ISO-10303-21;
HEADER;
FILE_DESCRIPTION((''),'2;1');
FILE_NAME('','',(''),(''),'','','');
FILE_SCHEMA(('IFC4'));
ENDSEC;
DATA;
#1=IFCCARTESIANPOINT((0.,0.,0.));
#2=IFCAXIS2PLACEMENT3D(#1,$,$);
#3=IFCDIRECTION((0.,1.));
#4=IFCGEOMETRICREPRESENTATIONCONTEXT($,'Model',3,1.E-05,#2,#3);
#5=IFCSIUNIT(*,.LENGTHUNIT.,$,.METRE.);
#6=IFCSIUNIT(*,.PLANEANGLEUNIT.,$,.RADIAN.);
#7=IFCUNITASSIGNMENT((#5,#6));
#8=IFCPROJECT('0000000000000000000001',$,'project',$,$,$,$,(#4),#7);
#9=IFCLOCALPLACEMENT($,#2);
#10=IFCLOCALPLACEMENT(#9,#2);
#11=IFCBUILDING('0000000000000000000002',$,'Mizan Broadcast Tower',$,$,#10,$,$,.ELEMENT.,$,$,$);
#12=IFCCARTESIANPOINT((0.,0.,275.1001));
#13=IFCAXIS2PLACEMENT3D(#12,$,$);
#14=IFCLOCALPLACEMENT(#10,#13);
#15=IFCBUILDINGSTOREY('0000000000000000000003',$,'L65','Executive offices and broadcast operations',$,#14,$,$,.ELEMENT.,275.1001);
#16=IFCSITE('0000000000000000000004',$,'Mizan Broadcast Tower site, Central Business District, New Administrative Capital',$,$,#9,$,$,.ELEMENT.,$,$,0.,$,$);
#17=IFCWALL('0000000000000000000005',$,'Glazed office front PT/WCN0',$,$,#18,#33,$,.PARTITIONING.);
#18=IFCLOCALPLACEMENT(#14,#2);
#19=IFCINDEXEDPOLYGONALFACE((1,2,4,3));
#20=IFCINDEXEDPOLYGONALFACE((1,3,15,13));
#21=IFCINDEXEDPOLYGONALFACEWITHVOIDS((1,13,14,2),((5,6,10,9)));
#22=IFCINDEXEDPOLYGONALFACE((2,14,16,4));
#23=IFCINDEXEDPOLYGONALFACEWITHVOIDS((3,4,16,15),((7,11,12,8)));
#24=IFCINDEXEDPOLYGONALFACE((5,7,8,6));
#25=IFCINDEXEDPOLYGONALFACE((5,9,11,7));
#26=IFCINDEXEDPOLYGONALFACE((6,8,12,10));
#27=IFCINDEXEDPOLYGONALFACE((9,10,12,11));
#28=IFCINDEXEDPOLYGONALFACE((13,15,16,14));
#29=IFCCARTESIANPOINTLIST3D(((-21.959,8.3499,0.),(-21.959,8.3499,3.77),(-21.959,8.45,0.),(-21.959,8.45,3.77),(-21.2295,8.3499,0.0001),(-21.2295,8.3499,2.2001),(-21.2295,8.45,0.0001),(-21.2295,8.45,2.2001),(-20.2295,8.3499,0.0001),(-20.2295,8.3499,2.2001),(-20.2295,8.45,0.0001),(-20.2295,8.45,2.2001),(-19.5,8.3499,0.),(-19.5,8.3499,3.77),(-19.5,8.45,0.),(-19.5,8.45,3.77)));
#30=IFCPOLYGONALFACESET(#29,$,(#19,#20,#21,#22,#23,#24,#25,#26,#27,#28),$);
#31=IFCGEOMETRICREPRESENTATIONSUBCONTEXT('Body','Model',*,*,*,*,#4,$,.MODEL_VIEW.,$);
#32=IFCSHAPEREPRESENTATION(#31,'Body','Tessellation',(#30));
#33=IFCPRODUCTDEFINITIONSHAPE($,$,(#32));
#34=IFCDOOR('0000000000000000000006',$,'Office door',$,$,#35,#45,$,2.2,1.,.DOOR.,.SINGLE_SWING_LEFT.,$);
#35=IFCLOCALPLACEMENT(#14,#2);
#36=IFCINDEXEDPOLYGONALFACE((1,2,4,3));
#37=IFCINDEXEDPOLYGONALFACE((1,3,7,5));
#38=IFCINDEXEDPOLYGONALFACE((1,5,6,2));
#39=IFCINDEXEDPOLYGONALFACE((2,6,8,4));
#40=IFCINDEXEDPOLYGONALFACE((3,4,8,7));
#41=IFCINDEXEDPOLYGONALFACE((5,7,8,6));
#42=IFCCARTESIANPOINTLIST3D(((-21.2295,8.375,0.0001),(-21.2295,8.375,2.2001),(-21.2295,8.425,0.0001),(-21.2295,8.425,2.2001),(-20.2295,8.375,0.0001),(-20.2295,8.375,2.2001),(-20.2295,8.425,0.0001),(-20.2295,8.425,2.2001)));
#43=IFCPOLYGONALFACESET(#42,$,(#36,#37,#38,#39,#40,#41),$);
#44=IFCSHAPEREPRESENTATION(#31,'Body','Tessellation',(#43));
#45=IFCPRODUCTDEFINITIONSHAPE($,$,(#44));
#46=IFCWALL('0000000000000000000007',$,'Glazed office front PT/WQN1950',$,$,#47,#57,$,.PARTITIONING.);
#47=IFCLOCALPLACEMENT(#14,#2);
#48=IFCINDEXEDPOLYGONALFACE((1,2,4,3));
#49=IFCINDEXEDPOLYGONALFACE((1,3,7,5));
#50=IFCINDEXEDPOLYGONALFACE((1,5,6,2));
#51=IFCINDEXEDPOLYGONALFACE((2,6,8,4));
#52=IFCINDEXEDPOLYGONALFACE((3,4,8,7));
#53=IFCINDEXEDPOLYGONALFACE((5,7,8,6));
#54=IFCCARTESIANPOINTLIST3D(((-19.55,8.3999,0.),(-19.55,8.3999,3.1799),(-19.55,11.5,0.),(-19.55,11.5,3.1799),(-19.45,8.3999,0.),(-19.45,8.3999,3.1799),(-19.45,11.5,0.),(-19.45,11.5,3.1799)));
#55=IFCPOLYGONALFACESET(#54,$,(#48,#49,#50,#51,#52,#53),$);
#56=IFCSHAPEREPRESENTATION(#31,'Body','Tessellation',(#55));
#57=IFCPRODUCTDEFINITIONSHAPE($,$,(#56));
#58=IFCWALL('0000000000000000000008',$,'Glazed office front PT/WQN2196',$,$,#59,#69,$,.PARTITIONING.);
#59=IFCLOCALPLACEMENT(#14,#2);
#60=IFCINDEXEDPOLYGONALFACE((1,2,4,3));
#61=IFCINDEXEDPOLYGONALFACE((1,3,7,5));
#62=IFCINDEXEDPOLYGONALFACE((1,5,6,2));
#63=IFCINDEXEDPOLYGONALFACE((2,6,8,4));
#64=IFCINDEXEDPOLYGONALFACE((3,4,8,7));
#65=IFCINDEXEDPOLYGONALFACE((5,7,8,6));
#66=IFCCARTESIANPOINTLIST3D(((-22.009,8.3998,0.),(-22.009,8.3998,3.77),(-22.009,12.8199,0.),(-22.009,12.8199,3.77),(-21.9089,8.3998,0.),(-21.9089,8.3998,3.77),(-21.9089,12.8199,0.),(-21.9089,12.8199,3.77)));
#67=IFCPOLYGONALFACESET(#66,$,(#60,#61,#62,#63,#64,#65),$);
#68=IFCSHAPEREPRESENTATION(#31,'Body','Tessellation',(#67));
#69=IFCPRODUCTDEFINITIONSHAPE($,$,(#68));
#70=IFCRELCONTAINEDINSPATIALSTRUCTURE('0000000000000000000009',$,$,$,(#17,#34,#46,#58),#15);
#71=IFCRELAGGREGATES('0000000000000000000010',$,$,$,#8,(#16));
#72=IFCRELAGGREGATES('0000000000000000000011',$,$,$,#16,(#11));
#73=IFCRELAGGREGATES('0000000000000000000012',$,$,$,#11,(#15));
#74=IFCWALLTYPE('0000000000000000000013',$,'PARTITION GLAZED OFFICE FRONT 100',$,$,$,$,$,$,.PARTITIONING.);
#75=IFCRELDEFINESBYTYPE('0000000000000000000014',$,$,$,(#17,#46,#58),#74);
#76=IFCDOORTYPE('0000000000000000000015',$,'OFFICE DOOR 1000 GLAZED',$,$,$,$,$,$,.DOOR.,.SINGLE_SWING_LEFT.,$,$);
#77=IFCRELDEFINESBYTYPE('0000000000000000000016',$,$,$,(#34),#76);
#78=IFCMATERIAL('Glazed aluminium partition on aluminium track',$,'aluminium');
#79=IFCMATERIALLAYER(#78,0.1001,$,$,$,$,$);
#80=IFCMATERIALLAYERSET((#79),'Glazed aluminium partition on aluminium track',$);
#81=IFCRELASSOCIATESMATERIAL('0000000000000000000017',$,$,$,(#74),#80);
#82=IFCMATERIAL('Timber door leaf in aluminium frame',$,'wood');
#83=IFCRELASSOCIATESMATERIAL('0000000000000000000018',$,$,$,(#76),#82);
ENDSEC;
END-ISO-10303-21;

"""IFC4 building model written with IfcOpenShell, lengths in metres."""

from ifc_helpers import new_model, si_unit, direction, frame, frame_2d, origin, place, context, subcontext, project, spatial, rectangle, extrude, material, layer, layer_set, type_object, element, fill, save


model = new_model("IFC4")

# Units and contexts
model_context = context("Model", 3, precision=1e-05, world=origin(), true_north=direction((0.0, 1.0)))
body_context = subcontext(model_context, "Body", "Model", "MODEL_VIEW")
ifc_project = project(units=[si_unit("LENGTHUNIT", "METRE"), si_unit("PLANEANGLEUNIT", "RADIAN")], contexts=[model_context])

# Site, building, storey
site_placement = place(None, origin())
site = spatial("IfcSite", under=ifc_project, at=site_placement, Name="Mizan Broadcast Tower site, Central Business District, New Administrative Capital", CompositionType="ELEMENT", RefElevation=0.0)
building_placement = place(site_placement, origin())
building = spatial("IfcBuilding", under=site, at=building_placement, Name="Mizan Broadcast Tower", CompositionType="ELEMENT")
storey_placement = place(building_placement, frame((0.0, 0.0, 275.1001)))
storey = spatial("IfcBuildingStorey", under=building, at=storey_placement, Name="L65", Description="Executive offices and broadcast operations", CompositionType="ELEMENT", Elevation=275.1001)

# Wall, opening, door
ifc_material_1 = material(Name="Glazed aluminium partition on aluminium track", Category="aluminium")
ifc_layer_1 = layer(ifc_material_1, 0.1001)
ifc_layer_set_1 = layer_set([ifc_layer_1], Name="Glazed aluminium partition on aluminium track")
wall_type = type_object("IfcWallType", Name="PARTITION GLAZED OFFICE FRONT 100", PredefinedType="PARTITIONING", material=ifc_layer_set_1)
wall_1_placement = place(storey_placement, frame((-19.5, 8.3999, 0.0), z_axis=(0.0, 0.0, 1.0), x_axis=(-1.0, 0.0, 0.0)))
wall_1 = element("IfcWall", 1, at=wall_1_placement, inside=storey, type_object=wall_type, Name="Glazed office front PT/WCN0", PredefinedType="PARTITIONING", context=body_context, shape_type="SweptSolid", body=[
    extrude(rectangle(XDim=2.459, YDim=0.1001, at=frame_2d((1.2295, 0.0))), origin(), (0.0, 0.0, 1.0), 3.77),
])
opening_placement = place(wall_1_placement, frame((0.7295, 0.0, 0.0)))
opening = element("IfcOpeningElement", 2, at=opening_placement, cuts=wall_1, PredefinedType="OPENING", context=body_context, shape_type="SweptSolid", body=[
    extrude(rectangle(XDim=1.0, YDim=2.2, at=frame_2d((0.5, 1.1001))), frame((0.0, 0.0601, 0.0), z_axis=(0.0, -1.0, 0.0), x_axis=(1.0, 0.0, 0.0)), (0.0, 0.0, 1.0), 0.1201),
])
ifc_material_2 = material(Name="Timber door leaf in aluminium frame", Category="wood")
door_type = type_object("IfcDoorType", Name="OFFICE DOOR 1000 GLAZED", OperationType="SINGLE_SWING_LEFT", PredefinedType="DOOR", material=ifc_material_2)
door_placement = place(opening_placement, origin())
door = element("IfcDoor", 3, at=door_placement, inside=storey, type_object=door_type, Name="Office door", OperationType="SINGLE_SWING_LEFT", OverallHeight=2.2, OverallWidth=1.0, PredefinedType="DOOR", context=body_context, shape_type="SweptSolid", body=[
    extrude(rectangle(XDim=1.0, YDim=2.2, at=frame_2d((0.5, 1.1001))), frame((0.0, 0.0249, 0.0), z_axis=(0.0, -1.0, 0.0), x_axis=(1.0, 0.0, 0.0)), (0.0, 0.0, 1.0), 0.05),
])
fill(opening, door)

# Walls
wall_2_placement = place(storey_placement, frame((-19.5, 8.3999, 0.0), z_axis=(0.0, 0.0, 1.0), x_axis=(0.0, 1.0, 0.0)))
element("IfcWall", 4, at=wall_2_placement, inside=storey, type_object=wall_type, Name="Glazed office front PT/WQN1950", PredefinedType="PARTITIONING", context=body_context, shape_type="SweptSolid", body=[
    extrude(rectangle(XDim=3.1001, YDim=0.1001, at=frame_2d((1.55, 0.0))), origin(), (0.0, 0.0, 1.0), 3.1799),
])
wall_3_placement = place(storey_placement, frame((-21.959, 8.3999, 0.0), z_axis=(0.0, 0.0, 1.0), x_axis=(0.0, 1.0, 0.0)))
element("IfcWall", 5, at=wall_3_placement, inside=storey, type_object=wall_type, Name="Glazed office front PT/WQN2196", PredefinedType="PARTITIONING", context=body_context, shape_type="SweptSolid", body=[
    extrude(rectangle(XDim=4.4202, YDim=0.1001, at=frame_2d((2.21, 0.0))), origin(), (0.0, 0.0, 1.0), 3.77),
])

save(model, "model.ifc")
